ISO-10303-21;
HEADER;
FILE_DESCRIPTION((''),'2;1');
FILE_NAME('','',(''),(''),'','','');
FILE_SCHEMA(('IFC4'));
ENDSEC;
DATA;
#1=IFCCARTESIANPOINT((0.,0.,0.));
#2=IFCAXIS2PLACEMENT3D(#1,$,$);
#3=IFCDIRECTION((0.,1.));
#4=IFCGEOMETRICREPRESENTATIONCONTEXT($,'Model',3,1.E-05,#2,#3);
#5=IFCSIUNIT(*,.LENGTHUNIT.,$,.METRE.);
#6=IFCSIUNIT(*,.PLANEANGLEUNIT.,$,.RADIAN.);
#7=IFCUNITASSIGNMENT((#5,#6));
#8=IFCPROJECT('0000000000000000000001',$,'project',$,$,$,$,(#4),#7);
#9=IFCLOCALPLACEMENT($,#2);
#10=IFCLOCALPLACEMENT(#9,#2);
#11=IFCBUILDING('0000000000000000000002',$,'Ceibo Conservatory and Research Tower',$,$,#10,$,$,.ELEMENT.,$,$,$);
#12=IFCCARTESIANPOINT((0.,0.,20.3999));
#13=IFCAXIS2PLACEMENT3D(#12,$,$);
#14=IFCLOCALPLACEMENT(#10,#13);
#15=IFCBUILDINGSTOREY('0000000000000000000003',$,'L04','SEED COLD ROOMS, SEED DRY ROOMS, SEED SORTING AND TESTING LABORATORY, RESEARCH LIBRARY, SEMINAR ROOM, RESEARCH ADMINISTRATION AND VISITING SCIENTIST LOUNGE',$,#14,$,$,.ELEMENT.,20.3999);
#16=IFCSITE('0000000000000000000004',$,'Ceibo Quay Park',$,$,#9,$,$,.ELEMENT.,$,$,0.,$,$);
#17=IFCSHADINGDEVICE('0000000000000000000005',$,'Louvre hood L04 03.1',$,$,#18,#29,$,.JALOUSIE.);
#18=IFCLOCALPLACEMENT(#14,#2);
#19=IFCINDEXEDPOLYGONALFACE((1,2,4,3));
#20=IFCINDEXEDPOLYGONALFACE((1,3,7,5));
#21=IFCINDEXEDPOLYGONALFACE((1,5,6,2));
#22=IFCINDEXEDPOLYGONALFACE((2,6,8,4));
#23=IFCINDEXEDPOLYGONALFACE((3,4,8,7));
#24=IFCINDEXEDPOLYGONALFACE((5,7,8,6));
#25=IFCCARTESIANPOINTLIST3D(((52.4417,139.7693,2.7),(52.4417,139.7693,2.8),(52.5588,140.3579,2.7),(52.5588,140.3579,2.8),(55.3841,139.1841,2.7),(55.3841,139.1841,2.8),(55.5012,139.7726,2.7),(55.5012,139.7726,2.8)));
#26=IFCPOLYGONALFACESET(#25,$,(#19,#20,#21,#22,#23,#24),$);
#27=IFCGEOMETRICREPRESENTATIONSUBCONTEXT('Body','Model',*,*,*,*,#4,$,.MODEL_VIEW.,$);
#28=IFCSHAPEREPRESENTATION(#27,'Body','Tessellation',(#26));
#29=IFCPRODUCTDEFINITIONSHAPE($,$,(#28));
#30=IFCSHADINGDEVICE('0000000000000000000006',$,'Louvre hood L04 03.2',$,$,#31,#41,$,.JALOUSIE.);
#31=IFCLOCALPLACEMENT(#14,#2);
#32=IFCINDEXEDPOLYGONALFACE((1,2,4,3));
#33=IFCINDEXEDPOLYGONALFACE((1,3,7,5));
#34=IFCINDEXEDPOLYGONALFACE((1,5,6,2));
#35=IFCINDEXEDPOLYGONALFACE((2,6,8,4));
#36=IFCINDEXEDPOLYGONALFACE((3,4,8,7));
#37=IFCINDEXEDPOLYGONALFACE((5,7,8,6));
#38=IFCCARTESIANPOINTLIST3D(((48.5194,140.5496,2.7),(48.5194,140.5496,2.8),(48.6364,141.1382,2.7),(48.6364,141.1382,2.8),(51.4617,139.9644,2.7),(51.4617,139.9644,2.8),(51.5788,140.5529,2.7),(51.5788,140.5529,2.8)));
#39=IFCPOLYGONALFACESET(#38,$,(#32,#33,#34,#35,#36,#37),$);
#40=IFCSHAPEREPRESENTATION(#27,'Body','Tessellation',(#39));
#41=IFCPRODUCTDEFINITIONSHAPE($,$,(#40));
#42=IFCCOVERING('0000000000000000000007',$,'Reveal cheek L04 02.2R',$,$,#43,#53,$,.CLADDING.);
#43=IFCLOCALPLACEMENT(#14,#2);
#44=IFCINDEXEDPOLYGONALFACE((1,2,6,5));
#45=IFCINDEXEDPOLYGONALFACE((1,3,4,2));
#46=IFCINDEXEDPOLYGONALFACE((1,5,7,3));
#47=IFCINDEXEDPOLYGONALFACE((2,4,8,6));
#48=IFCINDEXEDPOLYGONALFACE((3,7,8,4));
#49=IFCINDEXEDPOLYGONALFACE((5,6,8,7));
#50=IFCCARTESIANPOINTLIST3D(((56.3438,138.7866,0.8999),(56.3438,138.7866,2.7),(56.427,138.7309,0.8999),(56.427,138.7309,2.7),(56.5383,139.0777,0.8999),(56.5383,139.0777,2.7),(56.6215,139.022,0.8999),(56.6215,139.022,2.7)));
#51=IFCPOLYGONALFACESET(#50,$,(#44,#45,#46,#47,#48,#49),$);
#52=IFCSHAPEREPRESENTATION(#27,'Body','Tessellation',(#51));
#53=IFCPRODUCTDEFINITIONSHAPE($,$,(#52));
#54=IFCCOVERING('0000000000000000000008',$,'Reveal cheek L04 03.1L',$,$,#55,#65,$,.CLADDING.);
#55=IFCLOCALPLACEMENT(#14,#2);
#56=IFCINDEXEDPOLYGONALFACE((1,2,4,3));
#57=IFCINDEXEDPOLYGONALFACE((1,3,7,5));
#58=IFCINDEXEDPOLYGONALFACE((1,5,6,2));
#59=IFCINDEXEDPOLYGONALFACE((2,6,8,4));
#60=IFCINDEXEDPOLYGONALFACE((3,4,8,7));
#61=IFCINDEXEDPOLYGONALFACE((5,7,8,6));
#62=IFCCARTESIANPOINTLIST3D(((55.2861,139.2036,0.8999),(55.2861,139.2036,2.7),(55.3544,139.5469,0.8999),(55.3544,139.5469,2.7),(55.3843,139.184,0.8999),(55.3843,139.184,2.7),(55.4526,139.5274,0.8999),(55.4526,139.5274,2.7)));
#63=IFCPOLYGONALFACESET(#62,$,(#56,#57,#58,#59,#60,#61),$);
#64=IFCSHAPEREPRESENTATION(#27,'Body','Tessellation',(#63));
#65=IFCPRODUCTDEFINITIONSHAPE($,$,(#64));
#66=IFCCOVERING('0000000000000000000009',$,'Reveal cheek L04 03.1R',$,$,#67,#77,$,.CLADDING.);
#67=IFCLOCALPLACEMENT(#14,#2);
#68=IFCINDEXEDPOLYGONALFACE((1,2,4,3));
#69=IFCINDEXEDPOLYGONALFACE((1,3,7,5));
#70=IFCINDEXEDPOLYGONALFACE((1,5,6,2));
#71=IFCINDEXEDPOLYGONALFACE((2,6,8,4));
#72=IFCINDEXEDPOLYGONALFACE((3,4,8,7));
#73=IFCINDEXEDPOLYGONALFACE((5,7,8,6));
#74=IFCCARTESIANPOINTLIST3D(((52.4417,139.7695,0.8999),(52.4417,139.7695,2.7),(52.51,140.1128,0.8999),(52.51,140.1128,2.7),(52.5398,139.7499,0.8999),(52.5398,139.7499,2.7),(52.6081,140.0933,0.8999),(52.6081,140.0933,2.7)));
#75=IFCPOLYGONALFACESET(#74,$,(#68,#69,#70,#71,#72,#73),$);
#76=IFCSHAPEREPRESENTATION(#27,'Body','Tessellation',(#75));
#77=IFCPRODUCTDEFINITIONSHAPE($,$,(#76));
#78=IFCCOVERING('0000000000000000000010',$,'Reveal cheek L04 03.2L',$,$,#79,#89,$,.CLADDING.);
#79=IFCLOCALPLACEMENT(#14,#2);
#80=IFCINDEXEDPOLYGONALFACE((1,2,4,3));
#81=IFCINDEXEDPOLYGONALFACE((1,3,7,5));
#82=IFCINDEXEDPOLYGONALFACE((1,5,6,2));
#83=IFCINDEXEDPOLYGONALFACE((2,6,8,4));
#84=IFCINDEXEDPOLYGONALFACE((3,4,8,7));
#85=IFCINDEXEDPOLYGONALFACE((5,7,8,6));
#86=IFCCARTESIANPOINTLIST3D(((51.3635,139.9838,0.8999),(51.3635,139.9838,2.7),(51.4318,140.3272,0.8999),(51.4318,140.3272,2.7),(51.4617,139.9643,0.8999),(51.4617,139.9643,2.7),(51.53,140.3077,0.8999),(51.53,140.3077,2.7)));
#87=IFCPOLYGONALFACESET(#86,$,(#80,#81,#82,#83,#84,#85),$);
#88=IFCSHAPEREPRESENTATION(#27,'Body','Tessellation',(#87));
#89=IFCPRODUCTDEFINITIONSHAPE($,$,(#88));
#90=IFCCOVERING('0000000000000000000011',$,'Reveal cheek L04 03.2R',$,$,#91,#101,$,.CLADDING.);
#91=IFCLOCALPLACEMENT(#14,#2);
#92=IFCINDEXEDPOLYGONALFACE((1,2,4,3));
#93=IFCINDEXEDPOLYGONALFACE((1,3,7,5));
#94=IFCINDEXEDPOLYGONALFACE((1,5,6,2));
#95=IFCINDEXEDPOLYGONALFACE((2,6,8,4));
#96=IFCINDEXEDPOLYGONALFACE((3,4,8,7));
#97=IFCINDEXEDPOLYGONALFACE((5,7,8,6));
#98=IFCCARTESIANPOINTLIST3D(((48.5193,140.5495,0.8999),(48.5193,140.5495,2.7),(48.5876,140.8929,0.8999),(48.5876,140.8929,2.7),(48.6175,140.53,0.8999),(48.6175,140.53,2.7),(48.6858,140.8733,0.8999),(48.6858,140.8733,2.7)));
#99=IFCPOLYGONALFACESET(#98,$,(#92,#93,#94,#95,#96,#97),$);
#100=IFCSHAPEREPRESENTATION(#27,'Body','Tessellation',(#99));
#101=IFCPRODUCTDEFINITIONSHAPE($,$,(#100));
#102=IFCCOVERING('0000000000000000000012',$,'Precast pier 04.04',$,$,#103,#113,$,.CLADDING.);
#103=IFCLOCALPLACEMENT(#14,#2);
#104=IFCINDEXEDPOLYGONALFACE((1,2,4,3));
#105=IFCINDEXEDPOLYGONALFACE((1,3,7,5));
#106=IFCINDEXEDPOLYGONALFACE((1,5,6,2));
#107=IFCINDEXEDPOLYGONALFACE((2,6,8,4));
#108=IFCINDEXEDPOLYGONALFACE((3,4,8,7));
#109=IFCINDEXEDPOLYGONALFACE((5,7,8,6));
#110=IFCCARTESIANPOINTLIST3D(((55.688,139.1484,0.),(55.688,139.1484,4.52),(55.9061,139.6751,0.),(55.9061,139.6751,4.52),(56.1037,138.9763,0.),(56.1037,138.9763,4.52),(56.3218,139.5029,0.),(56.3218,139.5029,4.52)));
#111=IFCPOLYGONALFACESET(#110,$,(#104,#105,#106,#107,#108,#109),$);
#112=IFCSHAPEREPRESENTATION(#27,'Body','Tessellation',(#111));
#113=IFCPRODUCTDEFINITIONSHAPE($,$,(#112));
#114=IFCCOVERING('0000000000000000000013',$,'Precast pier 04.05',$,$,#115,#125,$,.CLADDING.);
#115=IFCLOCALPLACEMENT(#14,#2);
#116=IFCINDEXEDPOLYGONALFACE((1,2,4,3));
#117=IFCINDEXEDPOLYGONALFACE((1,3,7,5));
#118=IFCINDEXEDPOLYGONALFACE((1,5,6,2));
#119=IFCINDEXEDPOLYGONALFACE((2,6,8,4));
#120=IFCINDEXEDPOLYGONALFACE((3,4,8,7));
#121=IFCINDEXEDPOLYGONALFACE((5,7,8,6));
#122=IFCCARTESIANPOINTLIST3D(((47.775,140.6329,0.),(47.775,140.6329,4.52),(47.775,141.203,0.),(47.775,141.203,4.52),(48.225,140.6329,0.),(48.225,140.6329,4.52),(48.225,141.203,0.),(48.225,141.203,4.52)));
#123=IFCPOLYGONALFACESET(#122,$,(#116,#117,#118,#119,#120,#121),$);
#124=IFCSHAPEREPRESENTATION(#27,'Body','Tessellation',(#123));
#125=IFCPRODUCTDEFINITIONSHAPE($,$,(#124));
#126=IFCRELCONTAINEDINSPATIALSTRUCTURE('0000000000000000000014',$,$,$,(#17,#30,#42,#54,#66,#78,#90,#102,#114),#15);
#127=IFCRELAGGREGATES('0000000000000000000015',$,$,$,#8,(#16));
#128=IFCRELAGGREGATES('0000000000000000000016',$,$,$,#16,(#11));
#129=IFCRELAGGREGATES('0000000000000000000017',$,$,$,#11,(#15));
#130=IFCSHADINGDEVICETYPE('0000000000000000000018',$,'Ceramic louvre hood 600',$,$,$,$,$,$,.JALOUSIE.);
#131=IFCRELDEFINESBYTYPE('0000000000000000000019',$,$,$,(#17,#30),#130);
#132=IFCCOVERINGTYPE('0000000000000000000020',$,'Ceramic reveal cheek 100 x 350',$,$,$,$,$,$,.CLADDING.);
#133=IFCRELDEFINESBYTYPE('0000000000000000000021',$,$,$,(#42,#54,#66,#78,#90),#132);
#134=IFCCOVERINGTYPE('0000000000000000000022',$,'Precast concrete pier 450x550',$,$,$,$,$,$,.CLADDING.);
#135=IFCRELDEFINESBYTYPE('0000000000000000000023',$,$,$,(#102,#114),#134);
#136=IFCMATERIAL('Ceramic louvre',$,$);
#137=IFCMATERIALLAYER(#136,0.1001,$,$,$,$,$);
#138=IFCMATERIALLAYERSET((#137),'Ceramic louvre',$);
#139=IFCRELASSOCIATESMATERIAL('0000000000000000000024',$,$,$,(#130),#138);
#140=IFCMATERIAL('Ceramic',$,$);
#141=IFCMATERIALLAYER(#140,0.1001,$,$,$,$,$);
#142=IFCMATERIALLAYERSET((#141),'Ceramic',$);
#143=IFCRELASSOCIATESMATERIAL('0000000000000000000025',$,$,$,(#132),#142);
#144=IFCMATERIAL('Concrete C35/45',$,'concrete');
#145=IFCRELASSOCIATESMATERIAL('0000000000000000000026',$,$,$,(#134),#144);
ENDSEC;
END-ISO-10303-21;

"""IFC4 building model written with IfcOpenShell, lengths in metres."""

from ifc_helpers import new_model, si_unit, direction, frame, origin, origin_2d, place, context, subcontext, project, spatial, rectangle, extrude, material, layer, layer_set, type_object, element, save


model = new_model("IFC4")

# Units and contexts
model_context = context("Model", 3, precision=1e-05, world=origin(), true_north=direction((0.0, 1.0)))
body_context = subcontext(model_context, "Body", "Model", "MODEL_VIEW")
ifc_project = project(units=[si_unit("LENGTHUNIT", "METRE"), si_unit("PLANEANGLEUNIT", "RADIAN")], contexts=[model_context])

# Site, building, storey
site_placement = place(None, origin())
site = spatial("IfcSite", under=ifc_project, at=site_placement, Name="Ceibo Quay Park", CompositionType="ELEMENT", RefElevation=0.0)
building_placement = place(site_placement, origin())
building = spatial("IfcBuilding", under=site, at=building_placement, Name="Ceibo Conservatory and Research Tower", CompositionType="ELEMENT")
storey_placement = place(building_placement, frame((0.0, 0.0, 20.3999)))
storey = spatial("IfcBuildingStorey", under=building, at=storey_placement, Name="L04", Description="SEED COLD ROOMS, SEED DRY ROOMS, SEED SORTING AND TESTING LABORATORY, RESEARCH LIBRARY, SEMINAR ROOM, RESEARCH ADMINISTRATION AND VISITING SCIENTIST LOUNGE", CompositionType="ELEMENT", Elevation=20.3999)

# Shared definitions
ifc_material_1 = material(Name="Concrete C35/45", Category="concrete")

# Shading devices
ifc_material_2 = material(Name="Ceramic louvre")
ifc_layer_1 = layer(ifc_material_2, 0.1001)
ifc_layer_set_1 = layer_set([ifc_layer_1], Name="Ceramic louvre")
shading_device_type = type_object("IfcShadingDeviceType", Name="Ceramic louvre hood 600", PredefinedType="JALOUSIE", material=ifc_layer_set_1)
for number, where, z_axis, x_axis, name in (
    (1, (53.9714, 139.771, 2.7), (0.0, 0.0, 1.0), (-0.980785, 0.19509, 0.0), "Louvre hood L04 03.1"),
    (2, (50.0491, 140.5513, 2.7), (0.0, 0.0, 1.0), (-0.980785, 0.19509, 0.0), "Louvre hood L04 03.2"),
):
    element("IfcShadingDevice", number, at=place(storey_placement, frame(where, z_axis=z_axis, x_axis=x_axis)), inside=storey, type_object=shading_device_type, Name=name, PredefinedType="JALOUSIE", context=body_context, shape_type="SweptSolid", body=[
        extrude(rectangle(XDim=3.0, YDim=0.6001, at=origin_2d()), origin(), (0.0, 0.0, 1.0), 0.1001),
    ])

# Coverings
ifc_material_3 = material(Name="Ceramic")
ifc_layer_2 = layer(ifc_material_3, 0.1001)
ifc_layer_set_2 = layer_set([ifc_layer_2], Name="Ceramic")
covering_type_1 = type_object("IfcCoveringType", Name="Ceramic reveal cheek 100 x 350", PredefinedType="CLADDING", material=ifc_layer_set_2)
for number, where, z_axis, x_axis, name in (
    (3, (56.4827, 138.9043, 0.8999), (0.0, 0.0, 1.0), (-0.83147, 0.55557, 0.0), "Reveal cheek L04 02.2R"),
    (4, (55.3694, 139.3655, 0.8999), (0.0, 0.0, 1.0), (-0.980785, 0.19509, 0.0), "Reveal cheek L04 03.1L"),
    (5, (52.5249, 139.9314, 0.8999), (0.0, 0.0, 1.0), (-0.980785, 0.19509, 0.0), "Reveal cheek L04 03.1R"),
    (6, (51.4468, 140.1458, 0.8999), (0.0, 0.0, 1.0), (-0.980785, 0.19509, 0.0), "Reveal cheek L04 03.2L"),
    (7, (48.6025, 140.7114, 0.8999), (0.0, 0.0, 1.0), (-0.980785, 0.19509, 0.0), "Reveal cheek L04 03.2R"),
):
    element("IfcCovering", number, at=place(storey_placement, frame(where, z_axis=z_axis, x_axis=x_axis)), inside=storey, type_object=covering_type_1, Name=name, PredefinedType="CLADDING", context=body_context, shape_type="SweptSolid", body=[
        extrude(rectangle(XDim=0.1001, YDim=0.3501, at=origin_2d()), origin(), (0.0, 0.0, 1.0), 1.8),
    ])
covering_type_2 = type_object("IfcCoveringType", Name="Precast concrete pier 450x550", PredefinedType="CLADDING", material=ifc_material_1)
for number, where, z_axis, x_axis, name in (
    (8, (56.0049, 139.3257, 0.0), (0.0, 0.0, 1.0), (0.382683, 0.92388, 0.0), "Precast pier 04.04"),
    (9, (48.0, 140.918, 0.0), (0.0, 0.0, 1.0), (0.0, 1.0, 0.0), "Precast pier 04.05"),
):
    element("IfcCovering", number, at=place(storey_placement, frame(where, z_axis=z_axis, x_axis=x_axis)), inside=storey, type_object=covering_type_2, Name=name, PredefinedType="CLADDING", context=body_context, shape_type="SweptSolid", body=[
        extrude(rectangle(XDim=0.5701, YDim=0.45, at=origin_2d()), origin(), (0.0, 0.0, 1.0), 4.52),
    ])

save(model, "model.ifc")
